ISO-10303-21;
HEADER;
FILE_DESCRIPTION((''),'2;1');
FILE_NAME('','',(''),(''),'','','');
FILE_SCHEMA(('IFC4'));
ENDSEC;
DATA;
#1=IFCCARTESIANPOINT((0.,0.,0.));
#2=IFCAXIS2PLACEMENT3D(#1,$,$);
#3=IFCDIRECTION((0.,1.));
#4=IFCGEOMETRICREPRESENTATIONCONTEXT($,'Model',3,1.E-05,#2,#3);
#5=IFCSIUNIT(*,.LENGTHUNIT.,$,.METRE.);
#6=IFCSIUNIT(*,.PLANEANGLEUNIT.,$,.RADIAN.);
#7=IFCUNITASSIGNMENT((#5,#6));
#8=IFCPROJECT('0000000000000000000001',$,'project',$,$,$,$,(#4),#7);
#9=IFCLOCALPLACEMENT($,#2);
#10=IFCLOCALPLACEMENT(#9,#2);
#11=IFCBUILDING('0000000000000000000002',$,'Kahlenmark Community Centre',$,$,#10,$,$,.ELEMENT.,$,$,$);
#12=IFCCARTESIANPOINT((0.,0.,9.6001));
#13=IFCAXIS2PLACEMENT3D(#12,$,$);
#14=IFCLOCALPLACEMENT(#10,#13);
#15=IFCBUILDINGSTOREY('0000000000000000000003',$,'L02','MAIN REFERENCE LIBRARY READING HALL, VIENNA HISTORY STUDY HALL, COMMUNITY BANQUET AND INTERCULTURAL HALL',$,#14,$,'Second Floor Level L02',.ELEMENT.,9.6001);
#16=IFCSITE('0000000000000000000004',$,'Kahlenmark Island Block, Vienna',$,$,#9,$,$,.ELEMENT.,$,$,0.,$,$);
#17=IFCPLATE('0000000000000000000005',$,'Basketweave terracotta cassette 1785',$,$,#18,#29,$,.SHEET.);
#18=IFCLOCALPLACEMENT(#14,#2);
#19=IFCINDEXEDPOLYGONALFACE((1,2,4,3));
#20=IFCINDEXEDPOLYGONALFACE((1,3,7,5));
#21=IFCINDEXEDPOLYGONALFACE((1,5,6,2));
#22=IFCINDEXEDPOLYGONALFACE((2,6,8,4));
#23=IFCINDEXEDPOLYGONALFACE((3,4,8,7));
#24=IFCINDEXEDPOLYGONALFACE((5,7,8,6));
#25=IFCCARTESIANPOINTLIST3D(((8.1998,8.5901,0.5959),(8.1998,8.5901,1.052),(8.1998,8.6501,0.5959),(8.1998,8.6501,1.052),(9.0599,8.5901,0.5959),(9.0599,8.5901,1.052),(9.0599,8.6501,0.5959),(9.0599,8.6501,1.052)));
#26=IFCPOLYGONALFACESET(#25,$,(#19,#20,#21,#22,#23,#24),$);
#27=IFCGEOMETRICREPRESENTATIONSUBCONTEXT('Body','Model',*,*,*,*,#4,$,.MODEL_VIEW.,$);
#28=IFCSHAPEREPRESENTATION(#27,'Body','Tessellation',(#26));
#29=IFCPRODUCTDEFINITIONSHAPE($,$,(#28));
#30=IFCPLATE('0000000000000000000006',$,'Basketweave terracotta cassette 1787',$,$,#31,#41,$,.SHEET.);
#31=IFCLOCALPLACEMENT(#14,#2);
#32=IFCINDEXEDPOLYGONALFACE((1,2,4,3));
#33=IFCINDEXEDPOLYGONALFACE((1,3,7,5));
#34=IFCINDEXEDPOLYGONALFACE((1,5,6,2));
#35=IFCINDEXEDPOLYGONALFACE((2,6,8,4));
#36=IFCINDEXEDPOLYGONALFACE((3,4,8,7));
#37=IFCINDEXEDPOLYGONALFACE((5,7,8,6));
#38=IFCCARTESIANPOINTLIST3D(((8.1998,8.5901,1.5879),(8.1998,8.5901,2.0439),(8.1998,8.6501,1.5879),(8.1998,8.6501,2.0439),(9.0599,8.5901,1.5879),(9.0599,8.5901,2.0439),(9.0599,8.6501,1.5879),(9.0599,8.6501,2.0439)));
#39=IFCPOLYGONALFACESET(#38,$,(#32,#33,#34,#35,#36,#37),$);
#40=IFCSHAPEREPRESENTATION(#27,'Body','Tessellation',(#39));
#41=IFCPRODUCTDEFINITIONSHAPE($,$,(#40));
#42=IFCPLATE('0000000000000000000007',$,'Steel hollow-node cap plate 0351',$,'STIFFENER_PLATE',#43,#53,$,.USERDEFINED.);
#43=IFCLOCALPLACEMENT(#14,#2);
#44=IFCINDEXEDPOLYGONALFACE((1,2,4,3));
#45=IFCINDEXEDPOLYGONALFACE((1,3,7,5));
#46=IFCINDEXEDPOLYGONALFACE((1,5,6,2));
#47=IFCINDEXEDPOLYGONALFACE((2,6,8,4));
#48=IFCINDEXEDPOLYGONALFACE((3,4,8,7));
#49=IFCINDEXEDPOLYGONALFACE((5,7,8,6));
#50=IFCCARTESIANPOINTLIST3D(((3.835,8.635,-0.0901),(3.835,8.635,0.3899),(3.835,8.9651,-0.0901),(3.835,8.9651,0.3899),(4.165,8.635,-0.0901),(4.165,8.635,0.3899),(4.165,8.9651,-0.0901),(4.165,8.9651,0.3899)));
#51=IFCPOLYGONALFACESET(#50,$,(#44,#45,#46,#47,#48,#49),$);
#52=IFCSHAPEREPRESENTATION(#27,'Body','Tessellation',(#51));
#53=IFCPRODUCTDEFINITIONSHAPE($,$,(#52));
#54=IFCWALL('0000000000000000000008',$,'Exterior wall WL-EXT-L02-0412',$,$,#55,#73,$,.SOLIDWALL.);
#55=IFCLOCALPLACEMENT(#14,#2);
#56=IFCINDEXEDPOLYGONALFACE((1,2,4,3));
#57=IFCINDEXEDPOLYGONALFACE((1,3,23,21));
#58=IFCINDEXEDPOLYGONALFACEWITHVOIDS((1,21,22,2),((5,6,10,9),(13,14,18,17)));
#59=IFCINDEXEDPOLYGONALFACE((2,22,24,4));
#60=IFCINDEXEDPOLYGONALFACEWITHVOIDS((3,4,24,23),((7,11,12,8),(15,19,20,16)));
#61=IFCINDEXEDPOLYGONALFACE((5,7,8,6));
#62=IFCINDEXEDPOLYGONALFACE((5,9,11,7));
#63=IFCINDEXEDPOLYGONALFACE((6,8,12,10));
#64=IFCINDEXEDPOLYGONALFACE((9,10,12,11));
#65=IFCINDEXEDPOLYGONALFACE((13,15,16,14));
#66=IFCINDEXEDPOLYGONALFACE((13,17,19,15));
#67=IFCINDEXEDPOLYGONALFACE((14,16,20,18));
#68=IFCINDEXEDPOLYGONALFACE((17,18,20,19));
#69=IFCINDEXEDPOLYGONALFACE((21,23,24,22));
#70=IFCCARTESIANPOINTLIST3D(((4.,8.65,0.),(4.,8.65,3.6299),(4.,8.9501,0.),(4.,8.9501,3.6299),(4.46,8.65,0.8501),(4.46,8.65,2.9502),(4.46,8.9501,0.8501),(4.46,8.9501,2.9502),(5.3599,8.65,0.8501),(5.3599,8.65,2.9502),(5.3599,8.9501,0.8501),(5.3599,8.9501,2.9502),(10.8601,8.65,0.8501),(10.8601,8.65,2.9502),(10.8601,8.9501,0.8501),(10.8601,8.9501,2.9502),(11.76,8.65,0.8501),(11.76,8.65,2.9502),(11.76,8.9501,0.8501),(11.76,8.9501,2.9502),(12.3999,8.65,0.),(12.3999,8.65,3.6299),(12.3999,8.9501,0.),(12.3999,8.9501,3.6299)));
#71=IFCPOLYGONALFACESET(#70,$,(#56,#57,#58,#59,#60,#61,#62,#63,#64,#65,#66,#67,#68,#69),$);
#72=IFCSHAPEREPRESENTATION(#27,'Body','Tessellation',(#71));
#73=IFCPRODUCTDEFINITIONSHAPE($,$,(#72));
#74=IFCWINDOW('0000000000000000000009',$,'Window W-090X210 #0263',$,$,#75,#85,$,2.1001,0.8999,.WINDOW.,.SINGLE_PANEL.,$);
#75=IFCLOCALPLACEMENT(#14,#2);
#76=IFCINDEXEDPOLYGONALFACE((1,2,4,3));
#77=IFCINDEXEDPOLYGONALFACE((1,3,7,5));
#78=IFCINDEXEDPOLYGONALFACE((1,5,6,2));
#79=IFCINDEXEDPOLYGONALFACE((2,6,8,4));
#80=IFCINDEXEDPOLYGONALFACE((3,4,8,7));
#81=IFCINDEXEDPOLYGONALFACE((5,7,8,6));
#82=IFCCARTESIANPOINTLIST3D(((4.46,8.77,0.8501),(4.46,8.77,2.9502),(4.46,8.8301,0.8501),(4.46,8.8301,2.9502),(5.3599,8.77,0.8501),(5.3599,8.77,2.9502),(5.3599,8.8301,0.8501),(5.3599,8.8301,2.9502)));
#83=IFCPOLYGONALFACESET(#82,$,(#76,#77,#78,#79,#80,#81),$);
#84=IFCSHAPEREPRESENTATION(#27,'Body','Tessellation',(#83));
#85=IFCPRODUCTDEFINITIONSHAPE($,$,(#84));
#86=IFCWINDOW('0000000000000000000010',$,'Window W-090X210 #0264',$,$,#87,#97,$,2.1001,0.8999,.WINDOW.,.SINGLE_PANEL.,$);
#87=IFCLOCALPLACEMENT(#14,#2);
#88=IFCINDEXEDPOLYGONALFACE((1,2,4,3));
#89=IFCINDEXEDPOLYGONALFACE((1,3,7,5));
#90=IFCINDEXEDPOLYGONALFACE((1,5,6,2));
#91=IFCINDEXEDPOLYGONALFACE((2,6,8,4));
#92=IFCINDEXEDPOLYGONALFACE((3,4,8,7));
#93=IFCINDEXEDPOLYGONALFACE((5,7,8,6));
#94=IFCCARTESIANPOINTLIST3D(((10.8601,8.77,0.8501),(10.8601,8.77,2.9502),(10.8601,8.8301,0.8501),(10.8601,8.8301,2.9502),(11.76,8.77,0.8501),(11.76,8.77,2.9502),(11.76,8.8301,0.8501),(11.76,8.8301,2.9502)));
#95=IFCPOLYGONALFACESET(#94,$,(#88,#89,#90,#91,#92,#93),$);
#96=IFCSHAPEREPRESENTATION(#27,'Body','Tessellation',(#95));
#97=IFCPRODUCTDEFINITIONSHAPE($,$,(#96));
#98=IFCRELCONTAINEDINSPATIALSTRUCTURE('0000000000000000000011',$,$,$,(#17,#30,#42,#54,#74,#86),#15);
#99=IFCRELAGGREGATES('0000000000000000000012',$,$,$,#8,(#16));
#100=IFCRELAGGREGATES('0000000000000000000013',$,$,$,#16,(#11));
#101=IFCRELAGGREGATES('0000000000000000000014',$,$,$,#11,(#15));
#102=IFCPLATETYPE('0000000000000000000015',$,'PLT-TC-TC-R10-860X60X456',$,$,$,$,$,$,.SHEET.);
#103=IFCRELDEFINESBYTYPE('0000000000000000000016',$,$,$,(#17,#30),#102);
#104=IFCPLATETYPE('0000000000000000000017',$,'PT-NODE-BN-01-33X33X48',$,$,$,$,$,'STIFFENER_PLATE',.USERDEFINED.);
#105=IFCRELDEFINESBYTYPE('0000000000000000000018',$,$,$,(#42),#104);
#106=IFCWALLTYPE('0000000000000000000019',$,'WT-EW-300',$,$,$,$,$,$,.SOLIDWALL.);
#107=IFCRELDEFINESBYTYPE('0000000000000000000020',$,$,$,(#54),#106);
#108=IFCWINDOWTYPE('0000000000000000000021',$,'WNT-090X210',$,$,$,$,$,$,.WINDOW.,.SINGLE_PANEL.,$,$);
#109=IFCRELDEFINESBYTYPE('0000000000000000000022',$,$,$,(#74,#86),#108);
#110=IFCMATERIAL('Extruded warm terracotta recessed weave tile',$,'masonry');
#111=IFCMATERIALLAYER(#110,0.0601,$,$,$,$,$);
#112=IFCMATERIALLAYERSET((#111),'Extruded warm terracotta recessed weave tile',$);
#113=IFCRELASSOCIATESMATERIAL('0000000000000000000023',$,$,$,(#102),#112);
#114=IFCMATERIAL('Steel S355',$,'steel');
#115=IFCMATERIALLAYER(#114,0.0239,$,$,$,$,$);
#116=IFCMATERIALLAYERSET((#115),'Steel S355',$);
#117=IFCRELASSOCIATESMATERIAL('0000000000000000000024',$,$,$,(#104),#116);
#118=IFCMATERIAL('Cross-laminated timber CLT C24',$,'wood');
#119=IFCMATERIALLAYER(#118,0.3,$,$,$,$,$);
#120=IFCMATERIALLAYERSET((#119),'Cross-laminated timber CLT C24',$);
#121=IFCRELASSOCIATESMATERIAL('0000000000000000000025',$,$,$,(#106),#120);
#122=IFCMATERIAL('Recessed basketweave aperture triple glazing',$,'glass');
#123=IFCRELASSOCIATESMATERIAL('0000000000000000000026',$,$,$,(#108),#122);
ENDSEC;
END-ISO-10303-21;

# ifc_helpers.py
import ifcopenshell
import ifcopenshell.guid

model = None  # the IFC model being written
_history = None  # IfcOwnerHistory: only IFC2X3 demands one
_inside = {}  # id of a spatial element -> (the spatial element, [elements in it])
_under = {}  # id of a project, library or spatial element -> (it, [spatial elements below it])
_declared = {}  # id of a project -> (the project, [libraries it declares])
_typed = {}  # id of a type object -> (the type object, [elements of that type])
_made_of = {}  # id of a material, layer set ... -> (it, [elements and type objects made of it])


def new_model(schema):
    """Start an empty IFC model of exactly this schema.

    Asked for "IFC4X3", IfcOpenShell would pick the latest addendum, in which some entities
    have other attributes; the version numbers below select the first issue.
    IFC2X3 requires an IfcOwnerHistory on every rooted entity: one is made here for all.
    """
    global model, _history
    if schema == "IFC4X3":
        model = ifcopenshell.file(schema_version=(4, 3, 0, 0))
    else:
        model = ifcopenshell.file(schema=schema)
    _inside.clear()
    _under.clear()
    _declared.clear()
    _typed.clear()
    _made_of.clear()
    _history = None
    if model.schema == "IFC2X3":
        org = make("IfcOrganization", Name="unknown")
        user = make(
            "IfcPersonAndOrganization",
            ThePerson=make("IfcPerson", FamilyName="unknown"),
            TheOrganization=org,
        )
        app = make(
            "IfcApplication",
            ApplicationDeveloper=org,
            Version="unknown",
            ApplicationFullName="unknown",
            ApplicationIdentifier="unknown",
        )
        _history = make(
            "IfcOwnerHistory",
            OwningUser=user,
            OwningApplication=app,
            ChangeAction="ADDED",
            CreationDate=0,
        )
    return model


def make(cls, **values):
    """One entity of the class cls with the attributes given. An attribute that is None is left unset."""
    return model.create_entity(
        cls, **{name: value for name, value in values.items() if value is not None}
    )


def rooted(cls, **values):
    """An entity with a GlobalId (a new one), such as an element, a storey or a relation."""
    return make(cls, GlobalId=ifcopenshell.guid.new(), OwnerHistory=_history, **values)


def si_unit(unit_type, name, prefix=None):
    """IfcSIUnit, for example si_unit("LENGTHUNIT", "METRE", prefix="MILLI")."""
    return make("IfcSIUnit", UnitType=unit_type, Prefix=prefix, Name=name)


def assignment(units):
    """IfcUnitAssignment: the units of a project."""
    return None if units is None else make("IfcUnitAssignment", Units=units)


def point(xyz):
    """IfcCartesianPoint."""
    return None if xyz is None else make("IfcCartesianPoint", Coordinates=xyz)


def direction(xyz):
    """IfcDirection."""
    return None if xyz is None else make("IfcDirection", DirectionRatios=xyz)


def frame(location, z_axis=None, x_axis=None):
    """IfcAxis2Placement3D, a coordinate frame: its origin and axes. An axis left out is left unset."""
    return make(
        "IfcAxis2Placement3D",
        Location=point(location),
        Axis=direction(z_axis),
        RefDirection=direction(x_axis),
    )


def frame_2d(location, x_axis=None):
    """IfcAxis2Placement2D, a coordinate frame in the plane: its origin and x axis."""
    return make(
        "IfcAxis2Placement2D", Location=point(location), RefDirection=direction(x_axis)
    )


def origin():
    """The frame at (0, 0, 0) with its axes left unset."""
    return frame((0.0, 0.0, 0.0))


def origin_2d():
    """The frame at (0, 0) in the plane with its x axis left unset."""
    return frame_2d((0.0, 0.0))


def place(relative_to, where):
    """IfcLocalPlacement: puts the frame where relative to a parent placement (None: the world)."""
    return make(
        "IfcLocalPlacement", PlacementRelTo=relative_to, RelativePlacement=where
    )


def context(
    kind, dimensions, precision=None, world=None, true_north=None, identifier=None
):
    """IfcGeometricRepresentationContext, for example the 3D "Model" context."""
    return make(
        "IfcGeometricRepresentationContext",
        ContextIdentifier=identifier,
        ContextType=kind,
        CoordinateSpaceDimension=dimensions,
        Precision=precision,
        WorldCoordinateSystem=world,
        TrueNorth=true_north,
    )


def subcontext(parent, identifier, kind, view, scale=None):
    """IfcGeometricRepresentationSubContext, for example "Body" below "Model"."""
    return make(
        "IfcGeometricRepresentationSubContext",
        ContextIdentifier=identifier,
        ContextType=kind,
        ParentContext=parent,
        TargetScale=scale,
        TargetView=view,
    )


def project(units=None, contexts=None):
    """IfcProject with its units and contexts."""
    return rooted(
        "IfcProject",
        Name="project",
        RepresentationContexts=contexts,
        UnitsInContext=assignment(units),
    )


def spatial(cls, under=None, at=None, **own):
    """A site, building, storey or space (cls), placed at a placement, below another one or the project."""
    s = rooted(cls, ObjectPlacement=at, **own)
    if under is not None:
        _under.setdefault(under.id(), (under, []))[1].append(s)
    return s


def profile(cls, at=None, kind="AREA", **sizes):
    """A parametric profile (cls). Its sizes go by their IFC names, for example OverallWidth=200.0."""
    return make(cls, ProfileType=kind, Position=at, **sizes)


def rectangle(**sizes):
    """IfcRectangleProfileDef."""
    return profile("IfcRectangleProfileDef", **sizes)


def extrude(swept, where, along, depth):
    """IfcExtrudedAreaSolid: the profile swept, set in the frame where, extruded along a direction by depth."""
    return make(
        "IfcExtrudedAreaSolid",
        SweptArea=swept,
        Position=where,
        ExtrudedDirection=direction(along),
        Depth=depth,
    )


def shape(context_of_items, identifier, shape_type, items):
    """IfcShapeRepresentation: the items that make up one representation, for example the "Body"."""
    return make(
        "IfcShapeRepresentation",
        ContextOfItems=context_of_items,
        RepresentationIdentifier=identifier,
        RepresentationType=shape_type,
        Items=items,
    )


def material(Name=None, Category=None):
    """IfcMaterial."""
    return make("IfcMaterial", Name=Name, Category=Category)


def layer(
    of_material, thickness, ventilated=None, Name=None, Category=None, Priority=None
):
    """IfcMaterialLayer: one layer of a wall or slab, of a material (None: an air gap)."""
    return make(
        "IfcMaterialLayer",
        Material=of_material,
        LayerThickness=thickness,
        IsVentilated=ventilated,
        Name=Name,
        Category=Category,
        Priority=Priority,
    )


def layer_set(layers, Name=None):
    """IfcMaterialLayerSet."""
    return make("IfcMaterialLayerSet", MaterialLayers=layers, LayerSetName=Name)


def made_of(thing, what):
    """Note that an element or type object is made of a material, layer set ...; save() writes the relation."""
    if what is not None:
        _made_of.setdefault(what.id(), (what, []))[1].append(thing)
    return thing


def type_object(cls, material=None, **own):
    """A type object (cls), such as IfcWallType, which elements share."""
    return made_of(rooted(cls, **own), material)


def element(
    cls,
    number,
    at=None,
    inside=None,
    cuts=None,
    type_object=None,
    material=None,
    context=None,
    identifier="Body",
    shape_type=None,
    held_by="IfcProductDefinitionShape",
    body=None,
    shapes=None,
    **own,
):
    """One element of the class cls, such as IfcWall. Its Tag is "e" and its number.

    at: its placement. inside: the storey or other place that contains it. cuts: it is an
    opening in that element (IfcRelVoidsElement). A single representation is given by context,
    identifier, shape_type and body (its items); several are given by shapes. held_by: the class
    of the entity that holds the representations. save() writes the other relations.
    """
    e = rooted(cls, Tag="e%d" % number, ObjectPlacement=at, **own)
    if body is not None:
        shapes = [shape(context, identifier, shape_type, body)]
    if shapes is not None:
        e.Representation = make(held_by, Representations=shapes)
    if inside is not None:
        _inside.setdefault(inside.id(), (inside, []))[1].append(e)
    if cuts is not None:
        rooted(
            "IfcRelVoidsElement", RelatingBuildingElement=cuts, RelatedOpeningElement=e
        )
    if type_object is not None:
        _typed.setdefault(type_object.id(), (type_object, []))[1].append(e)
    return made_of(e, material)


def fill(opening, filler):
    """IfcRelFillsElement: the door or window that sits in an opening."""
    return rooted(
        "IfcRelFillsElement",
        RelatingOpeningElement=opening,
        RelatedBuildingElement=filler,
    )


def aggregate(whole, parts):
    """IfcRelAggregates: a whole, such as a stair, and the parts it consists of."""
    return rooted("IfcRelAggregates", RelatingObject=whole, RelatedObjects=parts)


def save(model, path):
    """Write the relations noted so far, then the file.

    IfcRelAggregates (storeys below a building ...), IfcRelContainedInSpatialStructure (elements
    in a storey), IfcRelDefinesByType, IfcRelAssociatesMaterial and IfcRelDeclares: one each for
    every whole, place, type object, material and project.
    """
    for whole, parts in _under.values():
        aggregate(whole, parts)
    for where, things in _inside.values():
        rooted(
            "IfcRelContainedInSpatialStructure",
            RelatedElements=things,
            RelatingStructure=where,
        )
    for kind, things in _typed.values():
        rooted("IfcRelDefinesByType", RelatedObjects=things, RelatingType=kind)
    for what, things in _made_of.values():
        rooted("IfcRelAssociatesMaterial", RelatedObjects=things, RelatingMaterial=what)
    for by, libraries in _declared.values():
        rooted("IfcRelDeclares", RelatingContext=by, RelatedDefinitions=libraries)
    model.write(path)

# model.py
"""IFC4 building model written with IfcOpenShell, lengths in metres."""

from ifc_helpers import new_model, si_unit, direction, frame, frame_2d, origin, origin_2d, place, context, subcontext, project, spatial, rectangle, extrude, material, layer, layer_set, type_object, element, fill, save


model = new_model("IFC4")

# Units and contexts
model_context = context("Model", 3, precision=1e-05, world=origin(), true_north=direction((0.0, 1.0)))
body_context = subcontext(model_context, "Body", "Model", "MODEL_VIEW")
ifc_project = project(units=[si_unit("LENGTHUNIT", "METRE"), si_unit("PLANEANGLEUNIT", "RADIAN")], contexts=[model_context])

# Site, building, storey
site_placement = place(None, origin())
site = spatial("IfcSite", under=ifc_project, at=site_placement, Name="Kahlenmark Island Block, Vienna", CompositionType="ELEMENT", RefElevation=0.0)
building_placement = place(site_placement, origin())
building = spatial("IfcBuilding", under=site, at=building_placement, Name="Kahlenmark Community Centre", CompositionType="ELEMENT")
storey_placement = place(building_placement, frame((0.0, 0.0, 9.6001)))
storey = spatial("IfcBuildingStorey", under=building, at=storey_placement, Name="L02", Description="MAIN REFERENCE LIBRARY READING HALL, VIENNA HISTORY STUDY HALL, COMMUNITY BANQUET AND INTERCULTURAL HALL", LongName="Second Floor Level L02", CompositionType="ELEMENT", Elevation=9.6001)

# Shared definitions
ifc_material_1 = material(Name="Steel S355", Category="steel")

# Plates
ifc_material_2 = material(Name="Extruded warm terracotta recessed weave tile", Category="masonry")
ifc_layer_1 = layer(ifc_material_2, 0.0601)
ifc_layer_set_1 = layer_set([ifc_layer_1], Name="Extruded warm terracotta recessed weave tile")
plate_type_1 = type_object("IfcPlateType", Name="PLT-TC-TC-R10-860X60X456", PredefinedType="SHEET", material=ifc_layer_set_1)
for number, where, z_axis, x_axis, name in (
    (1, (8.6299, 8.6201, 0.5959), (0.0, 0.0, 1.0), (1.0, 0.0, 0.0), "Basketweave terracotta cassette 1785"),
    (2, (8.6299, 8.6201, 1.5879), (0.0, 0.0, 1.0), (1.0, 0.0, 0.0), "Basketweave terracotta cassette 1787"),
):
    element("IfcPlate", number, at=place(storey_placement, frame(where, z_axis=z_axis, x_axis=x_axis)), inside=storey, type_object=plate_type_1, Name=name, PredefinedType="SHEET", context=body_context, shape_type="SweptSolid", body=[
        extrude(rectangle(XDim=0.8601, YDim=0.0601, at=origin_2d()), origin(), (0.0, 0.0, 1.0), 0.4561),
    ])
ifc_layer_2 = layer(ifc_material_1, 0.0239)
ifc_layer_set_2 = layer_set([ifc_layer_2], Name="Steel S355")
plate_type_2 = type_object("IfcPlateType", Name="PT-NODE-BN-01-33X33X48", ElementType="STIFFENER_PLATE", PredefinedType="USERDEFINED", material=ifc_layer_set_2)
plate_placement = place(storey_placement, frame((4.0, 8.8, -0.0901), z_axis=(0.0, 0.0, 1.0), x_axis=(1.0, 0.0, 0.0)))
element("IfcPlate", 3, at=plate_placement, inside=storey, type_object=plate_type_2, Name="Steel hollow-node cap plate 0351", ObjectType="STIFFENER_PLATE", PredefinedType="USERDEFINED", context=body_context, shape_type="SweptSolid", body=[
    extrude(rectangle(XDim=0.3301, YDim=0.3301, at=origin_2d()), origin(), (0.0, 0.0, 1.0), 0.48),
])

# Wall, openings, windows
ifc_material_3 = material(Name="Cross-laminated timber CLT C24", Category="wood")
ifc_layer_3 = layer(ifc_material_3, 0.3)
ifc_layer_set_3 = layer_set([ifc_layer_3], Name="Cross-laminated timber CLT C24")
wall_type = type_object("IfcWallType", Name="WT-EW-300", PredefinedType="SOLIDWALL", material=ifc_layer_set_3)
wall_placement = place(storey_placement, frame((4.0, 8.8, 0.0), z_axis=(0.0, 0.0, 1.0), x_axis=(1.0, 0.0, 0.0)))
wall = element("IfcWall", 4, at=wall_placement, inside=storey, type_object=wall_type, Name="Exterior wall WL-EXT-L02-0412", PredefinedType="SOLIDWALL", context=body_context, shape_type="SweptSolid", body=[
    extrude(rectangle(XDim=8.3999, YDim=0.3, at=frame_2d((4.2, 0.0))), origin(), (0.0, 0.0, 1.0), 3.6299),
])
opening_1_placement = place(wall_placement, frame((0.46, 0.0, 0.8501)))
opening_1 = element("IfcOpeningElement", 5, at=opening_1_placement, cuts=wall, PredefinedType="OPENING", context=body_context, shape_type="SweptSolid", body=[
    extrude(rectangle(XDim=0.8999, YDim=2.1001, at=frame_2d((0.45, 1.05))), frame((0.0, 0.1599, 0.0), z_axis=(0.0, -1.0, 0.0), x_axis=(1.0, 0.0, 0.0)), (0.0, 0.0, 1.0), 0.3201),
])
opening_2_placement = place(wall_placement, frame((6.8601, 0.0, 0.8501)))
opening_2 = element("IfcOpeningElement", 6, at=opening_2_placement, cuts=wall, PredefinedType="OPENING", context=body_context, shape_type="SweptSolid", body=[
    extrude(rectangle(XDim=0.8999, YDim=2.1001, at=frame_2d((0.45, 1.05))), frame((0.0, 0.1599, 0.0), z_axis=(0.0, -1.0, 0.0), x_axis=(1.0, 0.0, 0.0)), (0.0, 0.0, 1.0), 0.3201),
])
ifc_material_4 = material(Name="Recessed basketweave aperture triple glazing", Category="glass")
window_type = type_object("IfcWindowType", Name="WNT-090X210", PartitioningType="SINGLE_PANEL", PredefinedType="WINDOW", material=ifc_material_4)
window_1_placement = place(opening_1_placement, origin())
window_1 = element("IfcWindow", 7, at=window_1_placement, inside=storey, type_object=window_type, Name="Window W-090X210 #0263", OverallHeight=2.1001, OverallWidth=0.8999, PartitioningType="SINGLE_PANEL", PredefinedType="WINDOW", context=body_context, shape_type="SweptSolid", body=[
    extrude(rectangle(XDim=0.8999, YDim=2.1001, at=frame_2d((0.45, 1.05))), frame((0.0, 0.03, 0.0), z_axis=(0.0, -1.0, 0.0), x_axis=(1.0, 0.0, 0.0)), (0.0, 0.0, 1.0), 0.0601),
])
fill(opening_1, window_1)
window_2_placement = place(opening_2_placement, origin())
window_2 = element("IfcWindow", 8, at=window_2_placement, inside=storey, type_object=window_type, Name="Window W-090X210 #0264", OverallHeight=2.1001, OverallWidth=0.8999, PartitioningType="SINGLE_PANEL", PredefinedType="WINDOW", context=body_context, shape_type="SweptSolid", body=[
    extrude(rectangle(XDim=0.8999, YDim=2.1001, at=frame_2d((0.45, 1.05))), frame((0.0, 0.03, 0.0), z_axis=(0.0, -1.0, 0.0), x_axis=(1.0, 0.0, 0.0)), (0.0, 0.0, 1.0), 0.0601),
])
fill(opening_2, window_2)

save(model, "model.ifc")
